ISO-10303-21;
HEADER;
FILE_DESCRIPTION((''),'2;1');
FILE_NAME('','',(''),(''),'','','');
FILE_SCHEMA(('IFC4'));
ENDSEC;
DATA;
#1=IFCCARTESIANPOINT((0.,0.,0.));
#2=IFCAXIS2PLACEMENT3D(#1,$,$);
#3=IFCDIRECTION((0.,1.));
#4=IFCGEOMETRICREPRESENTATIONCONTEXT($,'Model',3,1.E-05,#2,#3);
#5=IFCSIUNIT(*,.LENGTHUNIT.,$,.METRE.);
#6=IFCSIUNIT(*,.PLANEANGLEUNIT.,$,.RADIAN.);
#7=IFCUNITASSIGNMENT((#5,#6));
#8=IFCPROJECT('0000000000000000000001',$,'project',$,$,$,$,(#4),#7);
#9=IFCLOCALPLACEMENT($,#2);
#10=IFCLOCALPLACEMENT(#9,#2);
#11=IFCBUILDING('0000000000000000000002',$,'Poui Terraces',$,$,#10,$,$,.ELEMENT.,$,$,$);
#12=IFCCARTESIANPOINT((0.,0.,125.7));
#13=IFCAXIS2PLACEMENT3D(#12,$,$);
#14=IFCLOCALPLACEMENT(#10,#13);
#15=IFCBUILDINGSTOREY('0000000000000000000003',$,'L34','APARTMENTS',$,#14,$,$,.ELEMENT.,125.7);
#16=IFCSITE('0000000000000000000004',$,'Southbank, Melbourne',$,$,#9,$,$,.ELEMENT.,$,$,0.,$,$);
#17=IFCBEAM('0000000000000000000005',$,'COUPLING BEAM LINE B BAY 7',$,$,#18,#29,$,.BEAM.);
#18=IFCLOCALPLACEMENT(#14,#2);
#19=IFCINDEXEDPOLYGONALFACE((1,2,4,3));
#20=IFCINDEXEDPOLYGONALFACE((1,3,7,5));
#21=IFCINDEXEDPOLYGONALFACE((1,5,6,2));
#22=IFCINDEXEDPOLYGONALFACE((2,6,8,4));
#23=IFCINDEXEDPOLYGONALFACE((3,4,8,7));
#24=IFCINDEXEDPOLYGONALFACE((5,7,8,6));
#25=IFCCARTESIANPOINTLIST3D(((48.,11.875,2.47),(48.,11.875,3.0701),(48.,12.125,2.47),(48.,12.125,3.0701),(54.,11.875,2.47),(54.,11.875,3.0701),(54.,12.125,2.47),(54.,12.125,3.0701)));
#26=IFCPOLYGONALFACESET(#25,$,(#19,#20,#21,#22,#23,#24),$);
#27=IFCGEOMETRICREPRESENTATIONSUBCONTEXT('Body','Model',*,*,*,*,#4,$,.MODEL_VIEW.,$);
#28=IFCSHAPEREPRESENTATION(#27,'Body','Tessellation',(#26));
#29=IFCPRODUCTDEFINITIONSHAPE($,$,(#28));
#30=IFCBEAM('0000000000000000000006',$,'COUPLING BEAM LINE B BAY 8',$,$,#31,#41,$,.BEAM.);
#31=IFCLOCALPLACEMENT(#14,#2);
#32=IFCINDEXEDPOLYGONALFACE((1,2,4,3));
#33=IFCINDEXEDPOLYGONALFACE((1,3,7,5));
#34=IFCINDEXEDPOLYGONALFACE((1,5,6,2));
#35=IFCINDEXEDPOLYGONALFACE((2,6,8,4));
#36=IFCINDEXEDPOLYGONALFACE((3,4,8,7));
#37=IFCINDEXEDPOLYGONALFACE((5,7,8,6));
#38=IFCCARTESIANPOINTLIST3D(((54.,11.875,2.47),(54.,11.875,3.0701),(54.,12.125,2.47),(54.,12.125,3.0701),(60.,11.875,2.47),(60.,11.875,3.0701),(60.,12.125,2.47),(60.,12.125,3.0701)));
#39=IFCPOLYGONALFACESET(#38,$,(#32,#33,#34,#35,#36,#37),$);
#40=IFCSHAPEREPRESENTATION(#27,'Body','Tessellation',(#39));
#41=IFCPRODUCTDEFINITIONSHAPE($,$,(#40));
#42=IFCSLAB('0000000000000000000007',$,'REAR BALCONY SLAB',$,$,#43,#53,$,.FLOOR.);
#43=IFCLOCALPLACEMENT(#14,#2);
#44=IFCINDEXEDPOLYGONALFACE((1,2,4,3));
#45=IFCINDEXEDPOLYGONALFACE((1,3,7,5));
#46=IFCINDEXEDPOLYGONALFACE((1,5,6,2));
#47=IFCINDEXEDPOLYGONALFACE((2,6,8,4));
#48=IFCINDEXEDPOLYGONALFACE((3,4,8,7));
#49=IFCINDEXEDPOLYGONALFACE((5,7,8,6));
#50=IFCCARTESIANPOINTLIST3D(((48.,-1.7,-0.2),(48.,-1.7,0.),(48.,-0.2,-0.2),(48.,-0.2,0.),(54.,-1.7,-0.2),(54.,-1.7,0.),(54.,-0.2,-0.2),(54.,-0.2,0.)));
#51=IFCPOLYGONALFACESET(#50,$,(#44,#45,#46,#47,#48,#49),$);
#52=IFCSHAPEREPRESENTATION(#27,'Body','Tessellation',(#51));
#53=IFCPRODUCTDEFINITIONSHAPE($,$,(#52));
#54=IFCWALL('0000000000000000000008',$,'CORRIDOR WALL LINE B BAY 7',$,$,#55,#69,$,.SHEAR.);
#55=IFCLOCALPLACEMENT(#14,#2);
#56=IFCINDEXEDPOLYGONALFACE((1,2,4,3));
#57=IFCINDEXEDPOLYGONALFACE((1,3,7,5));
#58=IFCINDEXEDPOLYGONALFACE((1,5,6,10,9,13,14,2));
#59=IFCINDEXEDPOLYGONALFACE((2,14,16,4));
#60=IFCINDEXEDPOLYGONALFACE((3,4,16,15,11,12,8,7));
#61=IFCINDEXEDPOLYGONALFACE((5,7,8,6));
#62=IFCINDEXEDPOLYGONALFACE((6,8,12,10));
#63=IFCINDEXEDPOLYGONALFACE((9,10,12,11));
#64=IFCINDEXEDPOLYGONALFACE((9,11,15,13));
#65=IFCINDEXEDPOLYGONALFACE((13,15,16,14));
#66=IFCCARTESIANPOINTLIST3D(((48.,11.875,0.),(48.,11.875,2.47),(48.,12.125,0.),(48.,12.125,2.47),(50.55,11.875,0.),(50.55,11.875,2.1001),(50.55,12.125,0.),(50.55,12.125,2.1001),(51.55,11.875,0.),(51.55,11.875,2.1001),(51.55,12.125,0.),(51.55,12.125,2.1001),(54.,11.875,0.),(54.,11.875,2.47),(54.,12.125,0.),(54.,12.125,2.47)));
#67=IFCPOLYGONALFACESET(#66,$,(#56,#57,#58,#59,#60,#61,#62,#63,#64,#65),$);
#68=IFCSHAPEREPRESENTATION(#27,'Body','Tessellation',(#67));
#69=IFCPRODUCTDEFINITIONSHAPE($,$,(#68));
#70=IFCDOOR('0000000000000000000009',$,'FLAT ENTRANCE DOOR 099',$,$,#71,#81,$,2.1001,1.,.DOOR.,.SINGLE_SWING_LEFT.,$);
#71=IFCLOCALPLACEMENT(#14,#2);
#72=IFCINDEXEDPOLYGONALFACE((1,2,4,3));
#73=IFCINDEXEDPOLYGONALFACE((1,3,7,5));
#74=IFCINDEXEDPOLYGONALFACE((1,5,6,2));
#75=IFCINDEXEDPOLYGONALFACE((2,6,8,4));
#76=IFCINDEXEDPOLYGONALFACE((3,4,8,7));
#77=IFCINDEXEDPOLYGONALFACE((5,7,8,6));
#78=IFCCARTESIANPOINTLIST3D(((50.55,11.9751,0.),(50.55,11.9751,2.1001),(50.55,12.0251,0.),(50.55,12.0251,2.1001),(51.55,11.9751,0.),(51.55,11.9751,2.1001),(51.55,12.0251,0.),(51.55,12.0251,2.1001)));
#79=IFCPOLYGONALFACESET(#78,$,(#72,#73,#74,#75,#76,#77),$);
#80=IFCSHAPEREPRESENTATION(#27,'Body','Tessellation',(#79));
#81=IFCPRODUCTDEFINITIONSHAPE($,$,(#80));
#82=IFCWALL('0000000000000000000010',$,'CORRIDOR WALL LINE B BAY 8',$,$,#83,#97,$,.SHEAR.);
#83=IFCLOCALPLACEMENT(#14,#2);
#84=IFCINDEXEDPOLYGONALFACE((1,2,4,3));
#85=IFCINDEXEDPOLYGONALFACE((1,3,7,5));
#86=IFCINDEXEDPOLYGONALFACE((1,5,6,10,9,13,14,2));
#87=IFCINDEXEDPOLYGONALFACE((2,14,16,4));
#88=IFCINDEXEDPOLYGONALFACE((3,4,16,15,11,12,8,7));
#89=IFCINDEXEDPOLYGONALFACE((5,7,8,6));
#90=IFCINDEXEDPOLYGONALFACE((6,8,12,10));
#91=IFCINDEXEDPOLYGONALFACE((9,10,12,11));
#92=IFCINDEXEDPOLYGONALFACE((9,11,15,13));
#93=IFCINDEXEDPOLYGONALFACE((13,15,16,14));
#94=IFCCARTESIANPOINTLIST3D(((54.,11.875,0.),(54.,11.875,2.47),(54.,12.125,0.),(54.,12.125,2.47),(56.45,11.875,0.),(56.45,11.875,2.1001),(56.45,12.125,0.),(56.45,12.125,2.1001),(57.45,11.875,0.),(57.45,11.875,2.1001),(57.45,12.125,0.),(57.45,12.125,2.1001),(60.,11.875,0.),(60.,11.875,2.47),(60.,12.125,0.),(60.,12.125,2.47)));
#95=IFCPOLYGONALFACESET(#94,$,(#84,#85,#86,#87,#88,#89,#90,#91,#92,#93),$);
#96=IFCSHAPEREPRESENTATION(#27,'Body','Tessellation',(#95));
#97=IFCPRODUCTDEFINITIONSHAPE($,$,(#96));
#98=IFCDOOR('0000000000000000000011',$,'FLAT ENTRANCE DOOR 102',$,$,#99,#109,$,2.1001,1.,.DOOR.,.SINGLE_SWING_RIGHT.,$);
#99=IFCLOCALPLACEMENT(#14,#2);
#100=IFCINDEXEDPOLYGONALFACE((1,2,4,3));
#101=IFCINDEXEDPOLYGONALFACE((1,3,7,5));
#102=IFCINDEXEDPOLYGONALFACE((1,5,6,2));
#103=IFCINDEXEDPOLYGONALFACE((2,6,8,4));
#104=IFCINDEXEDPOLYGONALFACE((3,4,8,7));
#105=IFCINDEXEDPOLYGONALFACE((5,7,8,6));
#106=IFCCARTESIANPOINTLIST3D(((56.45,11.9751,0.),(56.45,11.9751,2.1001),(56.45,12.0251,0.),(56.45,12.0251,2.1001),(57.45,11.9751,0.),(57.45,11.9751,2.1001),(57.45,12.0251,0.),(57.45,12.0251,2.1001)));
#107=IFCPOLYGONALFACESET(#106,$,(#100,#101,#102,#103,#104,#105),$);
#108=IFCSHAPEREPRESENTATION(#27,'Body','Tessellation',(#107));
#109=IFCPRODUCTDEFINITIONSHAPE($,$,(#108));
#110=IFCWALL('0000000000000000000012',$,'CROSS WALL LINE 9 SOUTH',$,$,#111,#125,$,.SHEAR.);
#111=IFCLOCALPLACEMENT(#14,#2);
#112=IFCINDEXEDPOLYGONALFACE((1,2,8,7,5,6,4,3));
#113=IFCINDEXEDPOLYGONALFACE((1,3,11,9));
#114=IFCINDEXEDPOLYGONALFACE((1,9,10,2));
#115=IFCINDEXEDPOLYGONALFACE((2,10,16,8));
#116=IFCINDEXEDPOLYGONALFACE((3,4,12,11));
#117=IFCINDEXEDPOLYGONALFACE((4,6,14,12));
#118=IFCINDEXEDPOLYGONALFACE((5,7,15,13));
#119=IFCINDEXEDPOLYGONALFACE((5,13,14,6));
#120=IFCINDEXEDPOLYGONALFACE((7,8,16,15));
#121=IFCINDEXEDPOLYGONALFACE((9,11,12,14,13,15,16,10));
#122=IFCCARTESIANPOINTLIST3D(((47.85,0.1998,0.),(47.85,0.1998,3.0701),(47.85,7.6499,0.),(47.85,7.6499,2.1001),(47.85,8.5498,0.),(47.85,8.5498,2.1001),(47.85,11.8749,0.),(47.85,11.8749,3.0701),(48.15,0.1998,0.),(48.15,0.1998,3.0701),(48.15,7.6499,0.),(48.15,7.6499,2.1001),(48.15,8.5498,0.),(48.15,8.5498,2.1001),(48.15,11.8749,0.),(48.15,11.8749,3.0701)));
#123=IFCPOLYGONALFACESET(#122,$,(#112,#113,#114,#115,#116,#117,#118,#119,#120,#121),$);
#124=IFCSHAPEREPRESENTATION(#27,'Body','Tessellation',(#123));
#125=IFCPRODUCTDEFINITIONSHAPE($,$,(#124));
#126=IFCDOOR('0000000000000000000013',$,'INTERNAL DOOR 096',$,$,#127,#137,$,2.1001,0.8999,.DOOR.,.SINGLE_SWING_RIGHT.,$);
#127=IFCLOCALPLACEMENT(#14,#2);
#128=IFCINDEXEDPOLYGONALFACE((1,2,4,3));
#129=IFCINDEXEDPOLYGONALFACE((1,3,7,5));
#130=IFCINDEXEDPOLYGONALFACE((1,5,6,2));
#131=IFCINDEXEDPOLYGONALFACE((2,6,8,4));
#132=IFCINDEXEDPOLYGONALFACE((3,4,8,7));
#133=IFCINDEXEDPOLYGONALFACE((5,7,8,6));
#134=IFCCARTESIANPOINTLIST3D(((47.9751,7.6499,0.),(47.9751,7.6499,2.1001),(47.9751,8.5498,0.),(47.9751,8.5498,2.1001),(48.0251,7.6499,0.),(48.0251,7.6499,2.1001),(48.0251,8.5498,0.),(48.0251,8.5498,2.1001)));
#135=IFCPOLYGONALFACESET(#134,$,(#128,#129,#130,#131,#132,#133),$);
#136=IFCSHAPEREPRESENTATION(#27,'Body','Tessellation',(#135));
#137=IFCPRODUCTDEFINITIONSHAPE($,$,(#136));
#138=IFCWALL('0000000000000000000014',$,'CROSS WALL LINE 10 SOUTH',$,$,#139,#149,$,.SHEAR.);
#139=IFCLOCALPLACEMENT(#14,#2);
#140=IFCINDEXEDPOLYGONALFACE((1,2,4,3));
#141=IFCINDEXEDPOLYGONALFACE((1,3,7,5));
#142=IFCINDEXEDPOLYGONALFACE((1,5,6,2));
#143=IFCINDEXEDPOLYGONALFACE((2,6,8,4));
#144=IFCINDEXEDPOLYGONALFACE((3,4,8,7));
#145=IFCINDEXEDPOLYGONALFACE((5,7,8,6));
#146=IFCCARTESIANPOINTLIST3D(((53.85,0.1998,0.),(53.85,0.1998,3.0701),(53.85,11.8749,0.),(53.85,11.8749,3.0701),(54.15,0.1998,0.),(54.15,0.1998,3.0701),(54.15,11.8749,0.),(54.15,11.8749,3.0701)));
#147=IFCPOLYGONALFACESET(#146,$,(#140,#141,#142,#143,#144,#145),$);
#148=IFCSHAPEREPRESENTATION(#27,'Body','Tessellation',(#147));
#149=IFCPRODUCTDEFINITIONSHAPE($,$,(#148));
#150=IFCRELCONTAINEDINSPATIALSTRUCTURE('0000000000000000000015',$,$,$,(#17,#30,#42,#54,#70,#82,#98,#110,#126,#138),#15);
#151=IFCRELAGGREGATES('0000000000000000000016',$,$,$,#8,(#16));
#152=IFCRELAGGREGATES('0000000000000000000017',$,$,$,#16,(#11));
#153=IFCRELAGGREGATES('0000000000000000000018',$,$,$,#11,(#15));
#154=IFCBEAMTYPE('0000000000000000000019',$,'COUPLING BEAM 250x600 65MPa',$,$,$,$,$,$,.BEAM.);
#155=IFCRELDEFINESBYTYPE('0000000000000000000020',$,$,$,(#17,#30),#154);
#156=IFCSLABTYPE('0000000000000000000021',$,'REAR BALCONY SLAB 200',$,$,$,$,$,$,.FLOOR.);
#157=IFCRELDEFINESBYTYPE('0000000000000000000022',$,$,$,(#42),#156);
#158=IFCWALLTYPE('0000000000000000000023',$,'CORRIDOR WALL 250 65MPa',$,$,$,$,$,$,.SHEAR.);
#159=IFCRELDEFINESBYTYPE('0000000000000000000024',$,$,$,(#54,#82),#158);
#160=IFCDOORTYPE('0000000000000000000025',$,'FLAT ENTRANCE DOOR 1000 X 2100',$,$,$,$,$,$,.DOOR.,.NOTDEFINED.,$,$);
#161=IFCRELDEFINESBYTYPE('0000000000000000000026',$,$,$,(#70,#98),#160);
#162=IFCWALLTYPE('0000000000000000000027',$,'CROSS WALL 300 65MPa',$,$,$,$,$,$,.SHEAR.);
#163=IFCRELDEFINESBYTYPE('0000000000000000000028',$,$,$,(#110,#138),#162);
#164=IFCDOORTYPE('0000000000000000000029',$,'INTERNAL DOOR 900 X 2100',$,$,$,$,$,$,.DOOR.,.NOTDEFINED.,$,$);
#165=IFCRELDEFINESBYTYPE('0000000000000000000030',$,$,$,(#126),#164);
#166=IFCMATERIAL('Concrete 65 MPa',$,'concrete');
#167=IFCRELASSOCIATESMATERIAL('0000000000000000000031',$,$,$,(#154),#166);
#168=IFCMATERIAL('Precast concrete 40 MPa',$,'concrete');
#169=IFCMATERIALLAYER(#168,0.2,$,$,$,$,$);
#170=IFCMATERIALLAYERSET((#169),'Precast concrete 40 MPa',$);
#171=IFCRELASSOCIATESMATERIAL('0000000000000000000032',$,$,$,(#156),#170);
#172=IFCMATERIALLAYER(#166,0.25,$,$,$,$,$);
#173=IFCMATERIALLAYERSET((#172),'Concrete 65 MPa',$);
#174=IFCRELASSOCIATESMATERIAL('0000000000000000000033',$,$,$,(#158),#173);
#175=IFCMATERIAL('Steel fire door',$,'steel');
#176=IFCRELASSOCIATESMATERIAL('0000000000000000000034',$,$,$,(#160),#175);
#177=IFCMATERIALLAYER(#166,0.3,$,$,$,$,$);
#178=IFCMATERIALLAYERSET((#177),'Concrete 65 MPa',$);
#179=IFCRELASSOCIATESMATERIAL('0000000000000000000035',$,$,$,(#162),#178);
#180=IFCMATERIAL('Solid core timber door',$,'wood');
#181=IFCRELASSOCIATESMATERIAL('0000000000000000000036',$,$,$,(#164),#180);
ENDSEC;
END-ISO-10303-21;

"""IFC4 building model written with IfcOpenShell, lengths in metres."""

from ifc_helpers import new_model, si_unit, direction, frame, frame_2d, origin, origin_2d, place, context, subcontext, project, spatial, polyline, rectangle, outline, extrude, source, transform, mapped, material, layer, layer_set, material_profile, profile_set, type_object, element, fill, save


model = new_model("IFC4")

# Units and contexts
model_context = context("Model", 3, precision=1e-05, world=origin(), true_north=direction((0.0, 1.0)))
body_context = subcontext(model_context, "Body", "Model", "MODEL_VIEW")
ifc_project = project(units=[si_unit("LENGTHUNIT", "METRE"), si_unit("PLANEANGLEUNIT", "RADIAN")], contexts=[model_context])

# Site, building, storey
site_placement = place(None, origin())
site = spatial("IfcSite", under=ifc_project, at=site_placement, Name="Southbank, Melbourne", CompositionType="ELEMENT", RefElevation=0.0)
building_placement = place(site_placement, origin())
building = spatial("IfcBuilding", under=site, at=building_placement, Name="Poui Terraces", CompositionType="ELEMENT")
storey_placement = place(building_placement, frame((0.0, 0.0, 125.7)))
storey = spatial("IfcBuildingStorey", under=building, at=storey_placement, Name="L34", Description="APARTMENTS", CompositionType="ELEMENT", Elevation=125.7)

# Beams
ifc_material_1 = material(Name="Concrete 65 MPa", Category="concrete")
ifc_material_profile_1 = material_profile(ifc_material_1, rectangle(XDim=0.25, YDim=0.6001, at=origin_2d()), Name="RC 250x600")
ifc_profile_set_1 = profile_set([ifc_material_profile_1], Name="Concrete 65 MPa")
beam_type = type_object("IfcBeamType", Name="COUPLING BEAM 250x600 65MPa", PredefinedType="BEAM", material=ifc_profile_set_1)
shared_shape_1 = source(origin(), body_context, "Body", "SweptSolid", [
    extrude(rectangle(XDim=0.25, YDim=0.6001, at=origin_2d()), origin(), (0.0, 0.0, 1.0), 6.0),
])
for number, where, z_axis, x_axis, name in (
    (1, (48.0, 12.0, 2.77), (1.0, 0.0, 0.0), (0.0, 1.0, 0.0), "COUPLING BEAM LINE B BAY 7"),
    (2, (54.0, 12.0, 2.77), (1.0, 0.0, 0.0), (0.0, 1.0, 0.0), "COUPLING BEAM LINE B BAY 8"),
):
    element("IfcBeam", number, at=place(storey_placement, frame(where, z_axis=z_axis, x_axis=x_axis)), inside=storey, type_object=beam_type, Name=name, PredefinedType="BEAM", context=body_context, shape_type="MappedRepresentation", body=[
        mapped(shared_shape_1, transform((0.0, 0.0, 0.0))),
    ])

# Slab
ifc_material_2 = material(Name="Precast concrete 40 MPa", Category="concrete")
ifc_layer_1 = layer(ifc_material_2, 0.2)
ifc_layer_set_1 = layer_set([ifc_layer_1], Name="Precast concrete 40 MPa")
slab_type = type_object("IfcSlabType", Name="REAR BALCONY SLAB 200", PredefinedType="FLOOR", material=ifc_layer_set_1)
shared_shape_2 = source(origin(), body_context, "Body", "SweptSolid", [
    extrude(outline(polyline([(0.0, 0.0), (6.0, 0.0), (6.0, 1.5), (0.0, 1.5), (0.0, 0.0)])), origin(), (0.0, 0.0, 1.0), 0.2),
])
slab_placement = place(storey_placement, frame((48.0, -1.7, -0.2)))
element("IfcSlab", 3, at=slab_placement, inside=storey, type_object=slab_type, Name="REAR BALCONY SLAB", PredefinedType="FLOOR", context=body_context, shape_type="MappedRepresentation", body=[
    mapped(shared_shape_2, transform((0.0, 0.0, 0.0))),
])

# Walls, openings, doors
ifc_layer_2 = layer(ifc_material_1, 0.25)
ifc_layer_set_2 = layer_set([ifc_layer_2], Name="Concrete 65 MPa")
wall_type_1 = type_object("IfcWallType", Name="CORRIDOR WALL 250 65MPa", PredefinedType="SHEAR", material=ifc_layer_set_2)
wall_1_placement = place(storey_placement, frame((48.0, 12.0, 0.0), z_axis=(0.0, 0.0, 1.0), x_axis=(1.0, 0.0, 0.0)))
wall_1 = element("IfcWall", 4, at=wall_1_placement, inside=storey, type_object=wall_type_1, Name="CORRIDOR WALL LINE B BAY 7", PredefinedType="SHEAR", context=body_context, shape_type="SweptSolid", body=[
    extrude(rectangle(XDim=6.0, YDim=0.25, at=frame_2d((3.0, 0.0))), origin(), (0.0, 0.0, 1.0), 2.47),
])
opening_1_placement = place(wall_1_placement, frame((2.55, 0.0, 0.0)))
opening_1 = element("IfcOpeningElement", 5, at=opening_1_placement, cuts=wall_1, PredefinedType="OPENING", context=body_context, shape_type="SweptSolid", body=[
    extrude(rectangle(XDim=1.0, YDim=2.1001, at=frame_2d((0.5, 1.05))), frame((0.0, 0.135, 0.0), z_axis=(0.0, -1.0, 0.0), x_axis=(1.0, 0.0, 0.0)), (0.0, 0.0, 1.0), 0.27),
])
ifc_material_3 = material(Name="Steel fire door", Category="steel")
door_type_1 = type_object("IfcDoorType", Name="FLAT ENTRANCE DOOR 1000 X 2100", OperationType="NOTDEFINED", PredefinedType="DOOR", material=ifc_material_3)
door_1_placement = place(opening_1_placement, frame((1.0, 0.0, 0.0), z_axis=(0.0, 0.0, 1.0), x_axis=(-1.0, 0.0, 0.0)))
door_1 = element("IfcDoor", 6, at=door_1_placement, inside=storey, type_object=door_type_1, Name="FLAT ENTRANCE DOOR 099", OperationType="SINGLE_SWING_LEFT", OverallHeight=2.1001, OverallWidth=1.0, PredefinedType="DOOR", context=body_context, shape_type="SweptSolid", body=[
    extrude(rectangle(XDim=1.0, YDim=2.1001, at=frame_2d((0.5, 1.05))), frame((0.0, 0.0249, 0.0), z_axis=(0.0, -1.0, 0.0), x_axis=(1.0, 0.0, 0.0)), (0.0, 0.0, 1.0), 0.05),
])
fill(opening_1, door_1)
wall_2_placement = place(storey_placement, frame((54.0, 12.0, 0.0), z_axis=(0.0, 0.0, 1.0), x_axis=(1.0, 0.0, 0.0)))
wall_2 = element("IfcWall", 7, at=wall_2_placement, inside=storey, type_object=wall_type_1, Name="CORRIDOR WALL LINE B BAY 8", PredefinedType="SHEAR", context=body_context, shape_type="SweptSolid", body=[
    extrude(rectangle(XDim=6.0, YDim=0.25, at=frame_2d((3.0, 0.0))), origin(), (0.0, 0.0, 1.0), 2.47),
])
opening_2_placement = place(wall_2_placement, frame((2.45, 0.0, 0.0)))
opening_2 = element("IfcOpeningElement", 8, at=opening_2_placement, cuts=wall_2, PredefinedType="OPENING", context=body_context, shape_type="SweptSolid", body=[
    extrude(rectangle(XDim=1.0, YDim=2.1001, at=frame_2d((0.5, 1.05))), frame((0.0, 0.135, 0.0), z_axis=(0.0, -1.0, 0.0), x_axis=(1.0, 0.0, 0.0)), (0.0, 0.0, 1.0), 0.27),
])
door_2_placement = place(opening_2_placement, frame((1.0, 0.0, 0.0), z_axis=(0.0, 0.0, 1.0), x_axis=(-1.0, 0.0, 0.0)))
door_2 = element("IfcDoor", 9, at=door_2_placement, inside=storey, type_object=door_type_1, Name="FLAT ENTRANCE DOOR 102", OperationType="SINGLE_SWING_RIGHT", OverallHeight=2.1001, OverallWidth=1.0, PredefinedType="DOOR", context=body_context, shape_type="SweptSolid", body=[
    extrude(rectangle(XDim=1.0, YDim=2.1001, at=frame_2d((0.5, 1.05))), frame((0.0, 0.0249, 0.0), z_axis=(0.0, -1.0, 0.0), x_axis=(1.0, 0.0, 0.0)), (0.0, 0.0, 1.0), 0.05),
])
fill(opening_2, door_2)
ifc_layer_3 = layer(ifc_material_1, 0.3)
ifc_layer_set_3 = layer_set([ifc_layer_3], Name="Concrete 65 MPa")
wall_type_2 = type_object("IfcWallType", Name="CROSS WALL 300 65MPa", PredefinedType="SHEAR", material=ifc_layer_set_3)
wall_3_placement = place(storey_placement, frame((48.0, 0.2, 0.0), z_axis=(0.0, 0.0, 1.0), x_axis=(0.0, 1.0, 0.0)))
wall_3 = element("IfcWall", 10, at=wall_3_placement, inside=storey, type_object=wall_type_2, Name="CROSS WALL LINE 9 SOUTH", PredefinedType="SHEAR", context=body_context, shape_type="SweptSolid", body=[
    extrude(rectangle(XDim=11.675, YDim=0.3, at=frame_2d((5.8374, 0.0))), origin(), (0.0, 0.0, 1.0), 3.0701),
])
opening_3_placement = place(wall_3_placement, frame((7.45, 0.0, 0.0)))
opening_3 = element("IfcOpeningElement", 11, at=opening_3_placement, cuts=wall_3, PredefinedType="OPENING", context=body_context, shape_type="SweptSolid", body=[
    extrude(rectangle(XDim=0.8999, YDim=2.1001, at=frame_2d((0.45, 1.05))), frame((0.0, 0.1602, 0.0), z_axis=(0.0, -1.0, 0.0), x_axis=(1.0, 0.0, 0.0)), (0.0, 0.0, 1.0), 0.3201),
])
ifc_material_4 = material(Name="Solid core timber door", Category="wood")
door_type_2 = type_object("IfcDoorType", Name="INTERNAL DOOR 900 X 2100", OperationType="NOTDEFINED", PredefinedType="DOOR", material=ifc_material_4)
door_3_placement = place(opening_3_placement, origin())
door_3 = element("IfcDoor", 12, at=door_3_placement, inside=storey, type_object=door_type_2, Name="INTERNAL DOOR 096", OperationType="SINGLE_SWING_RIGHT", OverallHeight=2.1001, OverallWidth=0.8999, PredefinedType="DOOR", context=body_context, shape_type="SweptSolid", body=[
    extrude(rectangle(XDim=0.8999, YDim=2.1001, at=frame_2d((0.45, 1.05))), frame((0.0, 0.0249, 0.0), z_axis=(0.0, -1.0, 0.0), x_axis=(1.0, 0.0, 0.0)), (0.0, 0.0, 1.0), 0.05),
])
fill(opening_3, door_3)

# Wall
wall_4_placement = place(storey_placement, frame((54.0, 0.2, 0.0), z_axis=(0.0, 0.0, 1.0), x_axis=(0.0, 1.0, 0.0)))
element("IfcWall", 13, at=wall_4_placement, inside=storey, type_object=wall_type_2, Name="CROSS WALL LINE 10 SOUTH", PredefinedType="SHEAR", context=body_context, shape_type="SweptSolid", body=[
    extrude(rectangle(XDim=11.675, YDim=0.3, at=frame_2d((5.8374, 0.0))), origin(), (0.0, 0.0, 1.0), 3.0701),
])

save(model, "model.ifc")
